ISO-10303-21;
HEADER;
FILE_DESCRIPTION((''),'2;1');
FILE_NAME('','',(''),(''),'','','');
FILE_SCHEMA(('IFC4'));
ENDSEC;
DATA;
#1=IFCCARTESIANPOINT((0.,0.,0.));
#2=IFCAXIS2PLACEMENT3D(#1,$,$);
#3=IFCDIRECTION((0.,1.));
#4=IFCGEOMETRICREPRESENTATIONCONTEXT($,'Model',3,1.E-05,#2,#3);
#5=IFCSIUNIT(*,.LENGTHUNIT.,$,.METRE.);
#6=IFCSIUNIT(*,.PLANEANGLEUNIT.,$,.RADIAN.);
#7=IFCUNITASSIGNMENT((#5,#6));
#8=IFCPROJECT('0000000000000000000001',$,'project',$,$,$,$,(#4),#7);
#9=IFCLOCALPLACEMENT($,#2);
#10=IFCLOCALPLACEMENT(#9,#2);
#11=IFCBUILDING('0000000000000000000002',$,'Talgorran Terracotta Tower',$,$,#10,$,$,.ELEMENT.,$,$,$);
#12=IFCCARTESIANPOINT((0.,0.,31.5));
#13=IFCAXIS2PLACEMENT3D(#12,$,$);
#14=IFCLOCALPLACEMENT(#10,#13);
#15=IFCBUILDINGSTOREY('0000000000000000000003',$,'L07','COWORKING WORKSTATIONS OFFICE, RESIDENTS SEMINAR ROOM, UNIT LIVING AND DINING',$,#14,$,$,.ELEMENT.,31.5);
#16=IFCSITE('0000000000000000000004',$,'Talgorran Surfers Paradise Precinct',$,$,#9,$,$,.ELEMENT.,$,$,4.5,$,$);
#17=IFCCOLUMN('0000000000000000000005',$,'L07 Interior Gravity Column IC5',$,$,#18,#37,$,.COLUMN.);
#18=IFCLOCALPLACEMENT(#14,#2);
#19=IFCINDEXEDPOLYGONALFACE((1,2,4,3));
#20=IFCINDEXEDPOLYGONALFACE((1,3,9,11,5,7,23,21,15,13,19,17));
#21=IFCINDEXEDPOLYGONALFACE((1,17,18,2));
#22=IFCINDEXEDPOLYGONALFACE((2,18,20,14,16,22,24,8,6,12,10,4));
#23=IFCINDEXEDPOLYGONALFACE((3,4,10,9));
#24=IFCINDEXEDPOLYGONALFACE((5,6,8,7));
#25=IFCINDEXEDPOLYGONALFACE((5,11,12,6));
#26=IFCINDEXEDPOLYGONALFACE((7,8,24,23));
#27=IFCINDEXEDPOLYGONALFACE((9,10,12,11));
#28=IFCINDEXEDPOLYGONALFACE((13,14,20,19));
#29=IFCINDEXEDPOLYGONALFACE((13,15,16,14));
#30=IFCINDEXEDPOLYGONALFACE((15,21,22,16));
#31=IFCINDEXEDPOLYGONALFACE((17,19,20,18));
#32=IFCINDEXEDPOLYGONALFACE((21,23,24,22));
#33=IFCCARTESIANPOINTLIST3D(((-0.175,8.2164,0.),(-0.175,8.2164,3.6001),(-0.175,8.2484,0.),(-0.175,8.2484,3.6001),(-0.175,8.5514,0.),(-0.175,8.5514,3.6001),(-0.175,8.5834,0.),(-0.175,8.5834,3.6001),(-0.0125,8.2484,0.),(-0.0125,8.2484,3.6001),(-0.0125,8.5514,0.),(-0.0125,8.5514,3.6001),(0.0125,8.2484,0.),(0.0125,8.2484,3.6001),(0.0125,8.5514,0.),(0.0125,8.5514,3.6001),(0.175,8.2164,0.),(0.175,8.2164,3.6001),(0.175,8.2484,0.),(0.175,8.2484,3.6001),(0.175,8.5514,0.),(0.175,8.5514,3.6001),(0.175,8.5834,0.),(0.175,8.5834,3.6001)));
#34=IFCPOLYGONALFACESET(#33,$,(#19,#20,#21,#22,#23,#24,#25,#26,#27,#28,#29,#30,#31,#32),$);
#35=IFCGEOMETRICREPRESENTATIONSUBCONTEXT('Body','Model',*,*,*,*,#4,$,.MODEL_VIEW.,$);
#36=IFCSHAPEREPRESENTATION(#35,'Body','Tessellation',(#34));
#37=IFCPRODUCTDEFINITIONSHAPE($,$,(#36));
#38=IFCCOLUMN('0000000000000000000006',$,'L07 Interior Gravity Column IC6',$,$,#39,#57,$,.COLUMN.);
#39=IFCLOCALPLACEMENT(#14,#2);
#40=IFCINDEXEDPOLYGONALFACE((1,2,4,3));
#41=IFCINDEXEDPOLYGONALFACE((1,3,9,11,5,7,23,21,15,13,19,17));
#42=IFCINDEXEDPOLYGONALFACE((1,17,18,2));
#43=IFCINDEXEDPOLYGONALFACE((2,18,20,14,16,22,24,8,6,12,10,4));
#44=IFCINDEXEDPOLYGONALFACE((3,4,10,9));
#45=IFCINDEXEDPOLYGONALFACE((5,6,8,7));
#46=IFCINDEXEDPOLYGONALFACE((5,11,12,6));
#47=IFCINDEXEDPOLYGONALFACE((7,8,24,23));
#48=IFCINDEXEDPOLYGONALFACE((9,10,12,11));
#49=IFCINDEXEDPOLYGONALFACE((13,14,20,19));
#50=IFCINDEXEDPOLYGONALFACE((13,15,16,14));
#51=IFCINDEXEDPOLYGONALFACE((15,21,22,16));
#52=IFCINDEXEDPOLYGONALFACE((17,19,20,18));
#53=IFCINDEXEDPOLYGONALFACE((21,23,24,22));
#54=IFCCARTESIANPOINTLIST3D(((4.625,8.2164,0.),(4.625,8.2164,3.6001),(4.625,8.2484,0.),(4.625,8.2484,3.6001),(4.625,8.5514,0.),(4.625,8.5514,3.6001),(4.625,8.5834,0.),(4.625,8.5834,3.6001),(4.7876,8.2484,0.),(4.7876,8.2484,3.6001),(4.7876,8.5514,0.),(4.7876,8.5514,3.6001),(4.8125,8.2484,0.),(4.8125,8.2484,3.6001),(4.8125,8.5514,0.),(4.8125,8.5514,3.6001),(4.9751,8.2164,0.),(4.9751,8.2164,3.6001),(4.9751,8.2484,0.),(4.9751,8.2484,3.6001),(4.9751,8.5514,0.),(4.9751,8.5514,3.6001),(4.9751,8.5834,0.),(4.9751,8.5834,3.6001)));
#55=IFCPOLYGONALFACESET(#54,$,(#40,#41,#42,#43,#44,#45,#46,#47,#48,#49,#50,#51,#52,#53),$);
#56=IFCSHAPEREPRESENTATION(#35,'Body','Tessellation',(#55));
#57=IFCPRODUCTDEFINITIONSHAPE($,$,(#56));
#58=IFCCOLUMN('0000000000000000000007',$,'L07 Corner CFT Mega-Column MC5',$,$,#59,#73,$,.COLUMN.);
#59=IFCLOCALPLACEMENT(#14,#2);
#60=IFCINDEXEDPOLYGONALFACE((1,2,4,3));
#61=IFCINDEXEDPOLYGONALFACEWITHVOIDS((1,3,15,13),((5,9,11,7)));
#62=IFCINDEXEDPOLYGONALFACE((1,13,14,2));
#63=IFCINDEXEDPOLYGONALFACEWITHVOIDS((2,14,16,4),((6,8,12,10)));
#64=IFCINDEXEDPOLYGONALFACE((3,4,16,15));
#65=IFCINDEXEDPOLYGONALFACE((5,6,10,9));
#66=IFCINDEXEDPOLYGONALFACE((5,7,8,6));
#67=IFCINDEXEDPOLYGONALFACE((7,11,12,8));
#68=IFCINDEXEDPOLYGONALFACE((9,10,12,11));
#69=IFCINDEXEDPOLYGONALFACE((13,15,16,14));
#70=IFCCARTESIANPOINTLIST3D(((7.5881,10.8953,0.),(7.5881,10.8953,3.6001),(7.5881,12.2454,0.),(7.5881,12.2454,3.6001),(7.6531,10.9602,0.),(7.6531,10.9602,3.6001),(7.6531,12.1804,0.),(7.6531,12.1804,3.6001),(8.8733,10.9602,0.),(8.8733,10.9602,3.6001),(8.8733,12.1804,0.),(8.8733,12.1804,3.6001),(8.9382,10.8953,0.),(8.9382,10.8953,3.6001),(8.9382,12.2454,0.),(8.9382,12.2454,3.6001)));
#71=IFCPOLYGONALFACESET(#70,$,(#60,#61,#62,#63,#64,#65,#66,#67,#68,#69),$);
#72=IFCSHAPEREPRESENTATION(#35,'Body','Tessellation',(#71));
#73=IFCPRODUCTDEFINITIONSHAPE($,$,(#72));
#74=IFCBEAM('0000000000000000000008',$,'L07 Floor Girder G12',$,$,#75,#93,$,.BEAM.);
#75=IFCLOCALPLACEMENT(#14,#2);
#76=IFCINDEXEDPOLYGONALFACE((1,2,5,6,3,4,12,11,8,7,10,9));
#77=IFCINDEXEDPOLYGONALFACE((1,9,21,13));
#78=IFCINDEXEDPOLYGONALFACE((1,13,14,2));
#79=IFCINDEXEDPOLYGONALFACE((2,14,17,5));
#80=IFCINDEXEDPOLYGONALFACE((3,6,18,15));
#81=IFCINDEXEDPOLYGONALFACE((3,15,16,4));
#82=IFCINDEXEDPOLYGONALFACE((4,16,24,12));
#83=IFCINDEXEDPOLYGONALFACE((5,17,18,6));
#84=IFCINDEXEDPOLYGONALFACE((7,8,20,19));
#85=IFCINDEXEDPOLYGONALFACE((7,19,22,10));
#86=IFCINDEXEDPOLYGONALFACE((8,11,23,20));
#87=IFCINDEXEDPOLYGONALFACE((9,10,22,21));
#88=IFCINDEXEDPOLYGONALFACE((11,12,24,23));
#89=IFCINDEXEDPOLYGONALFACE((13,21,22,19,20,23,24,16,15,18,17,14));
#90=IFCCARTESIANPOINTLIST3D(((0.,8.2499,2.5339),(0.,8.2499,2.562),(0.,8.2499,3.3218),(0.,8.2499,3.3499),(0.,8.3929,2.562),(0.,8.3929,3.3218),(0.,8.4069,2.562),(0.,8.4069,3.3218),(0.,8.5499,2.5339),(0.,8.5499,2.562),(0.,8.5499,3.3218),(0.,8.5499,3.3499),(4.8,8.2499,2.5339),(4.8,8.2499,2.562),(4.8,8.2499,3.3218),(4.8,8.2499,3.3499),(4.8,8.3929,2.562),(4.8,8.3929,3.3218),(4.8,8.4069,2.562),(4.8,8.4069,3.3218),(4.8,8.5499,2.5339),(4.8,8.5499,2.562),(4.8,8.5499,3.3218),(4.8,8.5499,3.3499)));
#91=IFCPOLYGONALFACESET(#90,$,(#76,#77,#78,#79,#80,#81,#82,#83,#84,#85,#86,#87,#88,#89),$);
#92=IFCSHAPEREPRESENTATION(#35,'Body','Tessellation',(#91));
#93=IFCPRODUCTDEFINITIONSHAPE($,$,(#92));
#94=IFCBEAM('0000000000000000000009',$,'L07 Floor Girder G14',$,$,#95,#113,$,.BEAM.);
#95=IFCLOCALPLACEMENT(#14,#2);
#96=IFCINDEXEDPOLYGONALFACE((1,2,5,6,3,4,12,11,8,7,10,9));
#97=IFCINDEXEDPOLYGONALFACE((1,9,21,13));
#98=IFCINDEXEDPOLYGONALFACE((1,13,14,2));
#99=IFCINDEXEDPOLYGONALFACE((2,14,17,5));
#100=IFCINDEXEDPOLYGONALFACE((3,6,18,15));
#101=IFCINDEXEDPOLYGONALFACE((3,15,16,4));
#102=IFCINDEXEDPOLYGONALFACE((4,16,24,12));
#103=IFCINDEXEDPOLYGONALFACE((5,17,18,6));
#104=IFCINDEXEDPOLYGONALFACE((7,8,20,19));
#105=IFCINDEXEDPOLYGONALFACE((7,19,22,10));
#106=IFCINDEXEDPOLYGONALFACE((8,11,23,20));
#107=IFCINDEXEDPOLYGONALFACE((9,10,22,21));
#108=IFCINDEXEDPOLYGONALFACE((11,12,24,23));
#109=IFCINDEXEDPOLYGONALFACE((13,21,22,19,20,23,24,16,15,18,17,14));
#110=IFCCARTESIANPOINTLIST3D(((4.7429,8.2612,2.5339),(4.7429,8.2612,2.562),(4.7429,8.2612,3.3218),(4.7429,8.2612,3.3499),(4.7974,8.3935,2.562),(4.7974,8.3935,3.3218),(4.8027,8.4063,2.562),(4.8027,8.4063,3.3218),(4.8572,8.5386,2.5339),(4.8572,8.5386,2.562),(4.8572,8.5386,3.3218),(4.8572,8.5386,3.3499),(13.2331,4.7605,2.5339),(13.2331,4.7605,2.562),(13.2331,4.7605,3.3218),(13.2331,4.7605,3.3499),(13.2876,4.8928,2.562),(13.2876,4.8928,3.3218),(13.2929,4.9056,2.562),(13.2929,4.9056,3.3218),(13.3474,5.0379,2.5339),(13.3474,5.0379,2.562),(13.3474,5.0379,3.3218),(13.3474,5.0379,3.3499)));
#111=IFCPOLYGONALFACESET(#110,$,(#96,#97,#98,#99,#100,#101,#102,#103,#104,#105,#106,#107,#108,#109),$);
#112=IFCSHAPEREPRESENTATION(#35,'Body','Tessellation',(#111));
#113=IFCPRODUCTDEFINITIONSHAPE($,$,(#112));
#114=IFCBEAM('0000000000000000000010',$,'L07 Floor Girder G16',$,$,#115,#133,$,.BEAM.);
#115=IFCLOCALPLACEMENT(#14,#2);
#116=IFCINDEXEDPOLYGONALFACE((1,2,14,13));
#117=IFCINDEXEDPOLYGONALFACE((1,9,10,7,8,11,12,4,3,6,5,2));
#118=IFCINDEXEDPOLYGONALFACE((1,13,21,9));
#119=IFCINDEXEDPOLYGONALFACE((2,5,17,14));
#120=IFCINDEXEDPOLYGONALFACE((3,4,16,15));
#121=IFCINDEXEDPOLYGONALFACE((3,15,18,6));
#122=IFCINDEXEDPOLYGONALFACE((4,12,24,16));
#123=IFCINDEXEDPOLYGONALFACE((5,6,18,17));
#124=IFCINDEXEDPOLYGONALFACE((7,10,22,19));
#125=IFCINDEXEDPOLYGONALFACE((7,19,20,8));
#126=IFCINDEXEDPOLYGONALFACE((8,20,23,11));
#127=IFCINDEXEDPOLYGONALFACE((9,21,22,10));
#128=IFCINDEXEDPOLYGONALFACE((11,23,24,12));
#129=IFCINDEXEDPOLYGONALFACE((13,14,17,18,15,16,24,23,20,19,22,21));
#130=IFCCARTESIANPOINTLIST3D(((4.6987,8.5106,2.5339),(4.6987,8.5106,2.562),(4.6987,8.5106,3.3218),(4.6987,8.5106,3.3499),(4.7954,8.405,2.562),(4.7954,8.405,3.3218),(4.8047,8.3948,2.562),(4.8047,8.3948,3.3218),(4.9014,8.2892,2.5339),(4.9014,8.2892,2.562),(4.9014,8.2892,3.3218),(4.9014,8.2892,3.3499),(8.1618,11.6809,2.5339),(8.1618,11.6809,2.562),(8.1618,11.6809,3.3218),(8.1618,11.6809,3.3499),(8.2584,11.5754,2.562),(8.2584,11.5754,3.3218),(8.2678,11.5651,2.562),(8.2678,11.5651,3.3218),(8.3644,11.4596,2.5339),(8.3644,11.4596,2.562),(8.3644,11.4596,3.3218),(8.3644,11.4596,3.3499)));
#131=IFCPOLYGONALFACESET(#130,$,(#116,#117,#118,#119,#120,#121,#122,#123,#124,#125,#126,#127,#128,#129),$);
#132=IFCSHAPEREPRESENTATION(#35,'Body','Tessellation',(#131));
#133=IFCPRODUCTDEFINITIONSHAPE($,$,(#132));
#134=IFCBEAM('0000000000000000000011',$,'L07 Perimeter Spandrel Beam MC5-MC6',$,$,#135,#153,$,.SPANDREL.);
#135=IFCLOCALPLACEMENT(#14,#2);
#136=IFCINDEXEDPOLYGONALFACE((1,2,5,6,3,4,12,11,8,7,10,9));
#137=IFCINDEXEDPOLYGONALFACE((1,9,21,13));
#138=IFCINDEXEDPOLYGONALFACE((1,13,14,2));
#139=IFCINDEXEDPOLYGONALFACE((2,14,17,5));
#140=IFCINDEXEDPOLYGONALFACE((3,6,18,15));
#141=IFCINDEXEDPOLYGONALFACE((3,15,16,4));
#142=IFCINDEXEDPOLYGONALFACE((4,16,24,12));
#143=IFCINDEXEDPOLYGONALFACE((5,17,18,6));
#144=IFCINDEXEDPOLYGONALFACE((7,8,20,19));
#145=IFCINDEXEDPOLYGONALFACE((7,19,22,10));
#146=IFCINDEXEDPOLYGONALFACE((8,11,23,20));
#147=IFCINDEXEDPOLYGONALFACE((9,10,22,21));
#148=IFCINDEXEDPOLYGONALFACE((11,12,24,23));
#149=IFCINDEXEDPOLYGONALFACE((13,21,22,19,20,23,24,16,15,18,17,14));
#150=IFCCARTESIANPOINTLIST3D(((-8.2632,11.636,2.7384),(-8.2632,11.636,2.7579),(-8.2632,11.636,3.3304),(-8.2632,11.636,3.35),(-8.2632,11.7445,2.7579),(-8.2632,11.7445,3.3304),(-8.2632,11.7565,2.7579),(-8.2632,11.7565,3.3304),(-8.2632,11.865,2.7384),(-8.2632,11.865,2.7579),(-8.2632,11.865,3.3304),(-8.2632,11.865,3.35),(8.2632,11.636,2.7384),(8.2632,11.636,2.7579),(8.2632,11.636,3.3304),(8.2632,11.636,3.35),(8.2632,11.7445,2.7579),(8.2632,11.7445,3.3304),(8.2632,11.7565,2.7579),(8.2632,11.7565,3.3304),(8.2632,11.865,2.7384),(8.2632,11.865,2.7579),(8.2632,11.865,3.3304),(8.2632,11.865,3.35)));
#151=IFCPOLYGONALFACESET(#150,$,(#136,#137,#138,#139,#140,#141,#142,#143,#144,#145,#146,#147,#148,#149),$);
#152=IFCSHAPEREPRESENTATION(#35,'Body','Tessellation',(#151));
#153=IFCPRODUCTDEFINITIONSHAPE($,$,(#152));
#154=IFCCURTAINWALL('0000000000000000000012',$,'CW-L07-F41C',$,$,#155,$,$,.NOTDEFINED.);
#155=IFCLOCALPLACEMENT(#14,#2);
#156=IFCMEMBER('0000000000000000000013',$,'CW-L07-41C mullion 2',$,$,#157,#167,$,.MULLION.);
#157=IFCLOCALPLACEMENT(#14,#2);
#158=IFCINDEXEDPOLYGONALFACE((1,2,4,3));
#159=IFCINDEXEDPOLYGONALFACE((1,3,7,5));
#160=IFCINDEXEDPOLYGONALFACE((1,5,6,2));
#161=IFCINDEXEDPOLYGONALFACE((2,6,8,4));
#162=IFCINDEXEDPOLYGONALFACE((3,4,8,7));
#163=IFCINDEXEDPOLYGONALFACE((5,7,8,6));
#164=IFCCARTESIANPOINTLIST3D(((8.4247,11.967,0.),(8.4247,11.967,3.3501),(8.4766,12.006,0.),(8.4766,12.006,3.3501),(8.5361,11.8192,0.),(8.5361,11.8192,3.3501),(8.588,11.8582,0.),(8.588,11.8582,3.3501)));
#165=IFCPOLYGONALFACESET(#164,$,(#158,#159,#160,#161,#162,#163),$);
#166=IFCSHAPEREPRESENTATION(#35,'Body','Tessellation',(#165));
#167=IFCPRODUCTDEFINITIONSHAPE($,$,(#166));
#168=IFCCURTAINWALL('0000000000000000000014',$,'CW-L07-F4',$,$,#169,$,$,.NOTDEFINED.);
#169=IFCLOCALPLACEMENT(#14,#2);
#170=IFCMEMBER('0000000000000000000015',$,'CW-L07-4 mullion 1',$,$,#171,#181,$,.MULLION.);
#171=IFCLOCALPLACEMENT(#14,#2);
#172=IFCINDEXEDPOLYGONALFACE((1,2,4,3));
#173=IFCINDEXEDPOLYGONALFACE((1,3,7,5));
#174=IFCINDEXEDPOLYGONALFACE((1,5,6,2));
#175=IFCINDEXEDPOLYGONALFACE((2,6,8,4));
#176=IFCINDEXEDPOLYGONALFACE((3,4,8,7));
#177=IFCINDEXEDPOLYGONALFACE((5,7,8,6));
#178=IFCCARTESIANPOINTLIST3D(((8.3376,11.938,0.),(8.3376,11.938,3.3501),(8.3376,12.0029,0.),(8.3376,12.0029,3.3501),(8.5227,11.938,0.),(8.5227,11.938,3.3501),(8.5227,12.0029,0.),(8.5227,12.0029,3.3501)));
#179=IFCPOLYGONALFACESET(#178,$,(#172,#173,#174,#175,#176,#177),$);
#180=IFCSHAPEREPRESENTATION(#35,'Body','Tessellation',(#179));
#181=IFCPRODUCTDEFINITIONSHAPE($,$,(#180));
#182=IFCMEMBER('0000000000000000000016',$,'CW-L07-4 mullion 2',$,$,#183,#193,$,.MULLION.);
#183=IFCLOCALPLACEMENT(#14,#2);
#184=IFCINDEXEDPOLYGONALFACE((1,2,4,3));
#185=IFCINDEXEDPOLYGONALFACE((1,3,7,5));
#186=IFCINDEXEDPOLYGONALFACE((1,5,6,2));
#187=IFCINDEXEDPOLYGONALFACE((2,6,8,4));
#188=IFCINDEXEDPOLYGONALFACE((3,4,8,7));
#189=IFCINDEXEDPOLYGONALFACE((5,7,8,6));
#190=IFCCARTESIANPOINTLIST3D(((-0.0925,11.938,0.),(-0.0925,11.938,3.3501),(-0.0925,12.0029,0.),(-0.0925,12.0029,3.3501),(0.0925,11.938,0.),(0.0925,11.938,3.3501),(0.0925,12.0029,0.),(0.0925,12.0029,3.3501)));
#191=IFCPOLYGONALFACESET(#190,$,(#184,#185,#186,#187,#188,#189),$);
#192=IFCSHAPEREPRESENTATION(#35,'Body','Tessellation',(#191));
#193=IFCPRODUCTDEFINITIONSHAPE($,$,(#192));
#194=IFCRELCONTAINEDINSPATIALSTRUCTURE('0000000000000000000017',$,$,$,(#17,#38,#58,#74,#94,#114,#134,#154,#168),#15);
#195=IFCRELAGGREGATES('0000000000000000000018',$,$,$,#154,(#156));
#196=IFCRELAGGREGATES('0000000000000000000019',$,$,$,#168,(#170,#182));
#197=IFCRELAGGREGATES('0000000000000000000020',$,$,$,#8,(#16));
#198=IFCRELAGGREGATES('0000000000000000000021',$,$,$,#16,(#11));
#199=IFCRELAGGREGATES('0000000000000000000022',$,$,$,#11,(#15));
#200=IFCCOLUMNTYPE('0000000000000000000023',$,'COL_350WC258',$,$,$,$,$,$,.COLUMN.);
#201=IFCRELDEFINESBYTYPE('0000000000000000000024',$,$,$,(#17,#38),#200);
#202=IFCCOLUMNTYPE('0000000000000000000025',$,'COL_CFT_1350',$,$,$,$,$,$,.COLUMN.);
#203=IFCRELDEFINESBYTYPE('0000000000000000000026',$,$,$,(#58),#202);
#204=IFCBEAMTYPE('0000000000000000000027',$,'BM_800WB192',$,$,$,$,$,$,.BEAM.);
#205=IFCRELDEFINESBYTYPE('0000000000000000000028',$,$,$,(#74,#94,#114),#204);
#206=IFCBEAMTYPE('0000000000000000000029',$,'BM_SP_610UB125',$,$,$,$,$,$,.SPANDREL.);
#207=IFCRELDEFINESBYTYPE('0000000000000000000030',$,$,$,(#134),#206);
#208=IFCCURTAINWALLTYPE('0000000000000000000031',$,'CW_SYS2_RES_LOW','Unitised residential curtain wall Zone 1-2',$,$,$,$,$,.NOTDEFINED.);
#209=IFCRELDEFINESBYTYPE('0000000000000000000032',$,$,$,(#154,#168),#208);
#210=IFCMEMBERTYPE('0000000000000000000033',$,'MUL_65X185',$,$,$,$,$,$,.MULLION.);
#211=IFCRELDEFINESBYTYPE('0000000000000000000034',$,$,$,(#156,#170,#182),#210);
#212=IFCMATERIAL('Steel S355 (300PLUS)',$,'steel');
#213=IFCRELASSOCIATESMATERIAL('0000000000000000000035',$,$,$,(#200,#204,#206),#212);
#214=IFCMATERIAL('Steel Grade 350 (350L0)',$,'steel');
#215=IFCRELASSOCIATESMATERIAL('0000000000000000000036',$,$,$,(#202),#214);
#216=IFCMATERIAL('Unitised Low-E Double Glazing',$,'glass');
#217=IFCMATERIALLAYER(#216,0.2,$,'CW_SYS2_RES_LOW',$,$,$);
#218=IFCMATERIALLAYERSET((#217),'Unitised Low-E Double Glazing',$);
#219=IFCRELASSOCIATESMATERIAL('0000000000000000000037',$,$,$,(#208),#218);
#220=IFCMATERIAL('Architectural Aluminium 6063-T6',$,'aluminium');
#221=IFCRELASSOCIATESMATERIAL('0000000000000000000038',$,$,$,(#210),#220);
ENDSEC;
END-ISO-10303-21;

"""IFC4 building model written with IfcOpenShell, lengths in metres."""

from ifc_helpers import new_model, si_unit, direction, frame, origin, origin_2d, place, context, subcontext, project, spatial, rectangle, hollow_rectangle, i_section, extrude, material, layer, layer_set, material_profile, profile_set, type_object, element, aggregate, save


model = new_model("IFC4")

# Units and contexts
model_context = context("Model", 3, precision=1e-05, world=origin(), true_north=direction((0.0, 1.0)))
body_context = subcontext(model_context, "Body", "Model", "MODEL_VIEW")
ifc_project = project(units=[si_unit("LENGTHUNIT", "METRE"), si_unit("PLANEANGLEUNIT", "RADIAN")], contexts=[model_context])

# Site, building, storey
site_placement = place(None, origin())
site = spatial("IfcSite", under=ifc_project, at=site_placement, Name="Talgorran Surfers Paradise Precinct", CompositionType="ELEMENT", RefElevation=4.5)
building_placement = place(site_placement, origin())
building = spatial("IfcBuilding", under=site, at=building_placement, Name="Talgorran Terracotta Tower", CompositionType="ELEMENT")
storey_placement = place(building_placement, frame((0.0, 0.0, 31.5)))
storey = spatial("IfcBuildingStorey", under=building, at=storey_placement, Name="L07", Description="COWORKING WORKSTATIONS OFFICE, RESIDENTS SEMINAR ROOM, UNIT LIVING AND DINING", CompositionType="ELEMENT", Elevation=31.5)

# Columns
ifc_material_1 = material(Name="Steel S355 (300PLUS)", Category="steel")
ifc_material_profile_1 = material_profile(ifc_material_1, i_section(OverallWidth=0.3501, OverallDepth=0.3669, WebThickness=0.0249, FlangeThickness=0.032, at=origin_2d()), Name="350WC258")
ifc_profile_set_1 = profile_set([ifc_material_profile_1], Name="Steel S355 (300PLUS)")
column_type_1 = type_object("IfcColumnType", Name="COL_350WC258", PredefinedType="COLUMN", material=ifc_profile_set_1)
for number, where, z_axis, x_axis, name in (
    (1, (0.0, 8.3999, 0.0), (0.0, 0.0, 1.0), (1.0, 0.0, 0.0), "L07 Interior Gravity Column IC5"),
    (2, (4.8, 8.3999, 0.0), (0.0, 0.0, 1.0), (1.0, 0.0, 0.0), "L07 Interior Gravity Column IC6"),
):
    element("IfcColumn", number, at=place(storey_placement, frame(where, z_axis=z_axis, x_axis=x_axis)), inside=storey, type_object=column_type_1, Name=name, PredefinedType="COLUMN", context=body_context, shape_type="SweptSolid", body=[
        extrude(i_section(OverallWidth=0.3501, OverallDepth=0.3669, WebThickness=0.0249, FlangeThickness=0.032, at=origin_2d()), origin(), (0.0, 0.0, 1.0), 3.6001),
    ])
ifc_material_2 = material(Name="Steel Grade 350 (350L0)", Category="steel")
ifc_material_profile_2 = material_profile(ifc_material_2, hollow_rectangle(XDim=1.3501, YDim=1.3501, WallThickness=0.0649, at=origin_2d()), Name="CFT1350X1350X65")
ifc_profile_set_2 = profile_set([ifc_material_profile_2], Name="Steel Grade 350 (350L0)")
column_type_2 = type_object("IfcColumnType", Name="COL_CFT_1350", PredefinedType="COLUMN", material=ifc_profile_set_2)
column_placement = place(storey_placement, frame((8.2632, 11.5703, 0.0), z_axis=(0.0, 0.0, 1.0), x_axis=(1.0, 0.0, 0.0)))
element("IfcColumn", 3, at=column_placement, inside=storey, type_object=column_type_2, Name="L07 Corner CFT Mega-Column MC5", PredefinedType="COLUMN", context=body_context, shape_type="SweptSolid", body=[
    extrude(hollow_rectangle(XDim=1.3501, YDim=1.3501, WallThickness=0.0649, at=origin_2d()), origin(), (0.0, 0.0, 1.0), 3.6001),
])

# Beams
ifc_material_profile_3 = material_profile(ifc_material_1, i_section(OverallWidth=0.3, OverallDepth=0.8159, WebThickness=0.0139, FlangeThickness=0.0281, at=origin_2d()), Name="800WB192")
ifc_profile_set_3 = profile_set([ifc_material_profile_3], Name="Steel S355 (300PLUS)")
beam_type_1 = type_object("IfcBeamType", Name="BM_800WB192", PredefinedType="BEAM", material=ifc_profile_set_3)
beam_1_placement = place(storey_placement, frame((0.0, 8.3999, 2.9419), z_axis=(1.0, 0.0, 0.0), x_axis=(0.0, 1.0, 0.0)))
element("IfcBeam", 4, at=beam_1_placement, inside=storey, type_object=beam_type_1, Name="L07 Floor Girder G12", PredefinedType="BEAM", context=body_context, shape_type="SweptSolid", body=[
    extrude(i_section(OverallWidth=0.3, OverallDepth=0.8159, WebThickness=0.0139, FlangeThickness=0.0281, at=origin_2d()), origin(), (0.0, 0.0, 1.0), 4.8),
])
beam_2_placement = place(storey_placement, frame((4.8, 8.3999, 2.9419), z_axis=(0.924496, -0.381192, 0.0), x_axis=(0.381192, 0.924496, 0.0)))
element("IfcBeam", 5, at=beam_2_placement, inside=storey, type_object=beam_type_1, Name="L07 Floor Girder G14", PredefinedType="BEAM", context=body_context, shape_type="SweptSolid", body=[
    extrude(i_section(OverallWidth=0.3, OverallDepth=0.8159, WebThickness=0.0139, FlangeThickness=0.0281, at=origin_2d()), origin(), (0.0, 0.0, 1.0), 9.1836),
])
beam_3_placement = place(storey_placement, frame((4.8, 8.3999, 2.9419), z_axis=(0.737592, 0.675246, 0.0), x_axis=(-0.675246, 0.737592, 0.0)))
element("IfcBeam", 6, at=beam_3_placement, inside=storey, type_object=beam_type_1, Name="L07 Floor Girder G16", PredefinedType="BEAM", context=body_context, shape_type="SweptSolid", body=[
    extrude(i_section(OverallWidth=0.3, OverallDepth=0.8159, WebThickness=0.0139, FlangeThickness=0.0281, at=origin_2d()), origin(), (0.0, 0.0, 1.0), 4.6951),
])
ifc_material_profile_4 = material_profile(ifc_material_1, i_section(OverallWidth=0.229, OverallDepth=0.6116, WebThickness=0.012, FlangeThickness=0.0195, at=origin_2d()), Name="610UB125")
ifc_profile_set_4 = profile_set([ifc_material_profile_4], Name="Steel S355 (300PLUS)")
beam_type_2 = type_object("IfcBeamType", Name="BM_SP_610UB125", PredefinedType="SPANDREL", material=ifc_profile_set_4)
beam_4_placement = place(storey_placement, frame((8.2632, 11.7505, 3.0442), z_axis=(-1.0, 0.0, 0.0), x_axis=(0.0, -1.0, 0.0)))
element("IfcBeam", 7, at=beam_4_placement, inside=storey, type_object=beam_type_2, Name="L07 Perimeter Spandrel Beam MC5-MC6", PredefinedType="SPANDREL", context=body_context, shape_type="SweptSolid", body=[
    extrude(i_section(OverallWidth=0.229, OverallDepth=0.6116, WebThickness=0.012, FlangeThickness=0.0195, at=origin_2d()), origin(), (0.0, 0.0, 1.0), 16.5264),
])

# Curtain wall, member
ifc_material_3 = material(Name="Unitised Low-E Double Glazing", Category="glass")
ifc_layer_1 = layer(ifc_material_3, 0.2, Name="CW_SYS2_RES_LOW")
ifc_layer_set_1 = layer_set([ifc_layer_1], Name="Unitised Low-E Double Glazing")
curtain_wall_type = type_object("IfcCurtainWallType", Name="CW_SYS2_RES_LOW", Description="Unitised residential curtain wall Zone 1-2", PredefinedType="NOTDEFINED", material=ifc_layer_set_1)
curtain_wall_1_placement = place(storey_placement, origin())
curtain_wall_1 = element("IfcCurtainWall", 8, at=curtain_wall_1_placement, inside=storey, type_object=curtain_wall_type, Name="CW-L07-F41C", PredefinedType="NOTDEFINED")
ifc_material_4 = material(Name="Architectural Aluminium 6063-T6", Category="aluminium")
ifc_material_profile_5 = material_profile(ifc_material_4, rectangle(XDim=0.0649, YDim=0.1851, at=origin_2d()), Name="CWM65X185")
ifc_profile_set_5 = profile_set([ifc_material_profile_5], Name="Architectural Aluminium 6063-T6")
member_type_1 = type_object("IfcMemberType", Name="MUL_65X185", PredefinedType="MULLION", material=ifc_profile_set_5)
member_1_placement = place(storey_placement, frame((8.5063, 11.9126, 0.0), z_axis=(0.0, 0.0, 1.0), x_axis=(-0.798648, -0.601798, 0.0)))
member_1 = element("IfcMember", 9, at=member_1_placement, type_object=member_type_1, Name="CW-L07-41C mullion 2", PredefinedType="MULLION", context=body_context, shape_type="SweptSolid", body=[
    extrude(rectangle(XDim=0.0649, YDim=0.1851, at=origin_2d()), origin(), (0.0, 0.0, 1.0), 3.3501),
])

# Curtain wall, members
curtain_wall_2_placement = place(storey_placement, origin())
curtain_wall_2 = element("IfcCurtainWall", 10, at=curtain_wall_2_placement, inside=storey, type_object=curtain_wall_type, Name="CW-L07-F4", PredefinedType="NOTDEFINED")
member_2_placement = place(storey_placement, frame((8.4302, 11.9705, 0.0), z_axis=(0.0, 0.0, 1.0), x_axis=(0.0, -1.0, 0.0)))
member_2 = element("IfcMember", 11, at=member_2_placement, type_object=member_type_1, Name="CW-L07-4 mullion 1", PredefinedType="MULLION", context=body_context, shape_type="SweptSolid", body=[
    extrude(rectangle(XDim=0.0649, YDim=0.1851, at=origin_2d()), origin(), (0.0, 0.0, 1.0), 3.3501),
])
member_3_placement = place(storey_placement, frame((0.0, 11.9705, 0.0), z_axis=(0.0, 0.0, 1.0), x_axis=(0.0, -1.0, 0.0)))
member_3 = element("IfcMember", 12, at=member_3_placement, type_object=member_type_1, Name="CW-L07-4 mullion 2", PredefinedType="MULLION", context=body_context, shape_type="SweptSolid", body=[
    extrude(rectangle(XDim=0.0649, YDim=0.1851, at=origin_2d()), origin(), (0.0, 0.0, 1.0), 3.3501),
])

aggregate(curtain_wall_1, [member_1])
aggregate(curtain_wall_2, [member_2, member_3])

save(model, "model.ifc")
